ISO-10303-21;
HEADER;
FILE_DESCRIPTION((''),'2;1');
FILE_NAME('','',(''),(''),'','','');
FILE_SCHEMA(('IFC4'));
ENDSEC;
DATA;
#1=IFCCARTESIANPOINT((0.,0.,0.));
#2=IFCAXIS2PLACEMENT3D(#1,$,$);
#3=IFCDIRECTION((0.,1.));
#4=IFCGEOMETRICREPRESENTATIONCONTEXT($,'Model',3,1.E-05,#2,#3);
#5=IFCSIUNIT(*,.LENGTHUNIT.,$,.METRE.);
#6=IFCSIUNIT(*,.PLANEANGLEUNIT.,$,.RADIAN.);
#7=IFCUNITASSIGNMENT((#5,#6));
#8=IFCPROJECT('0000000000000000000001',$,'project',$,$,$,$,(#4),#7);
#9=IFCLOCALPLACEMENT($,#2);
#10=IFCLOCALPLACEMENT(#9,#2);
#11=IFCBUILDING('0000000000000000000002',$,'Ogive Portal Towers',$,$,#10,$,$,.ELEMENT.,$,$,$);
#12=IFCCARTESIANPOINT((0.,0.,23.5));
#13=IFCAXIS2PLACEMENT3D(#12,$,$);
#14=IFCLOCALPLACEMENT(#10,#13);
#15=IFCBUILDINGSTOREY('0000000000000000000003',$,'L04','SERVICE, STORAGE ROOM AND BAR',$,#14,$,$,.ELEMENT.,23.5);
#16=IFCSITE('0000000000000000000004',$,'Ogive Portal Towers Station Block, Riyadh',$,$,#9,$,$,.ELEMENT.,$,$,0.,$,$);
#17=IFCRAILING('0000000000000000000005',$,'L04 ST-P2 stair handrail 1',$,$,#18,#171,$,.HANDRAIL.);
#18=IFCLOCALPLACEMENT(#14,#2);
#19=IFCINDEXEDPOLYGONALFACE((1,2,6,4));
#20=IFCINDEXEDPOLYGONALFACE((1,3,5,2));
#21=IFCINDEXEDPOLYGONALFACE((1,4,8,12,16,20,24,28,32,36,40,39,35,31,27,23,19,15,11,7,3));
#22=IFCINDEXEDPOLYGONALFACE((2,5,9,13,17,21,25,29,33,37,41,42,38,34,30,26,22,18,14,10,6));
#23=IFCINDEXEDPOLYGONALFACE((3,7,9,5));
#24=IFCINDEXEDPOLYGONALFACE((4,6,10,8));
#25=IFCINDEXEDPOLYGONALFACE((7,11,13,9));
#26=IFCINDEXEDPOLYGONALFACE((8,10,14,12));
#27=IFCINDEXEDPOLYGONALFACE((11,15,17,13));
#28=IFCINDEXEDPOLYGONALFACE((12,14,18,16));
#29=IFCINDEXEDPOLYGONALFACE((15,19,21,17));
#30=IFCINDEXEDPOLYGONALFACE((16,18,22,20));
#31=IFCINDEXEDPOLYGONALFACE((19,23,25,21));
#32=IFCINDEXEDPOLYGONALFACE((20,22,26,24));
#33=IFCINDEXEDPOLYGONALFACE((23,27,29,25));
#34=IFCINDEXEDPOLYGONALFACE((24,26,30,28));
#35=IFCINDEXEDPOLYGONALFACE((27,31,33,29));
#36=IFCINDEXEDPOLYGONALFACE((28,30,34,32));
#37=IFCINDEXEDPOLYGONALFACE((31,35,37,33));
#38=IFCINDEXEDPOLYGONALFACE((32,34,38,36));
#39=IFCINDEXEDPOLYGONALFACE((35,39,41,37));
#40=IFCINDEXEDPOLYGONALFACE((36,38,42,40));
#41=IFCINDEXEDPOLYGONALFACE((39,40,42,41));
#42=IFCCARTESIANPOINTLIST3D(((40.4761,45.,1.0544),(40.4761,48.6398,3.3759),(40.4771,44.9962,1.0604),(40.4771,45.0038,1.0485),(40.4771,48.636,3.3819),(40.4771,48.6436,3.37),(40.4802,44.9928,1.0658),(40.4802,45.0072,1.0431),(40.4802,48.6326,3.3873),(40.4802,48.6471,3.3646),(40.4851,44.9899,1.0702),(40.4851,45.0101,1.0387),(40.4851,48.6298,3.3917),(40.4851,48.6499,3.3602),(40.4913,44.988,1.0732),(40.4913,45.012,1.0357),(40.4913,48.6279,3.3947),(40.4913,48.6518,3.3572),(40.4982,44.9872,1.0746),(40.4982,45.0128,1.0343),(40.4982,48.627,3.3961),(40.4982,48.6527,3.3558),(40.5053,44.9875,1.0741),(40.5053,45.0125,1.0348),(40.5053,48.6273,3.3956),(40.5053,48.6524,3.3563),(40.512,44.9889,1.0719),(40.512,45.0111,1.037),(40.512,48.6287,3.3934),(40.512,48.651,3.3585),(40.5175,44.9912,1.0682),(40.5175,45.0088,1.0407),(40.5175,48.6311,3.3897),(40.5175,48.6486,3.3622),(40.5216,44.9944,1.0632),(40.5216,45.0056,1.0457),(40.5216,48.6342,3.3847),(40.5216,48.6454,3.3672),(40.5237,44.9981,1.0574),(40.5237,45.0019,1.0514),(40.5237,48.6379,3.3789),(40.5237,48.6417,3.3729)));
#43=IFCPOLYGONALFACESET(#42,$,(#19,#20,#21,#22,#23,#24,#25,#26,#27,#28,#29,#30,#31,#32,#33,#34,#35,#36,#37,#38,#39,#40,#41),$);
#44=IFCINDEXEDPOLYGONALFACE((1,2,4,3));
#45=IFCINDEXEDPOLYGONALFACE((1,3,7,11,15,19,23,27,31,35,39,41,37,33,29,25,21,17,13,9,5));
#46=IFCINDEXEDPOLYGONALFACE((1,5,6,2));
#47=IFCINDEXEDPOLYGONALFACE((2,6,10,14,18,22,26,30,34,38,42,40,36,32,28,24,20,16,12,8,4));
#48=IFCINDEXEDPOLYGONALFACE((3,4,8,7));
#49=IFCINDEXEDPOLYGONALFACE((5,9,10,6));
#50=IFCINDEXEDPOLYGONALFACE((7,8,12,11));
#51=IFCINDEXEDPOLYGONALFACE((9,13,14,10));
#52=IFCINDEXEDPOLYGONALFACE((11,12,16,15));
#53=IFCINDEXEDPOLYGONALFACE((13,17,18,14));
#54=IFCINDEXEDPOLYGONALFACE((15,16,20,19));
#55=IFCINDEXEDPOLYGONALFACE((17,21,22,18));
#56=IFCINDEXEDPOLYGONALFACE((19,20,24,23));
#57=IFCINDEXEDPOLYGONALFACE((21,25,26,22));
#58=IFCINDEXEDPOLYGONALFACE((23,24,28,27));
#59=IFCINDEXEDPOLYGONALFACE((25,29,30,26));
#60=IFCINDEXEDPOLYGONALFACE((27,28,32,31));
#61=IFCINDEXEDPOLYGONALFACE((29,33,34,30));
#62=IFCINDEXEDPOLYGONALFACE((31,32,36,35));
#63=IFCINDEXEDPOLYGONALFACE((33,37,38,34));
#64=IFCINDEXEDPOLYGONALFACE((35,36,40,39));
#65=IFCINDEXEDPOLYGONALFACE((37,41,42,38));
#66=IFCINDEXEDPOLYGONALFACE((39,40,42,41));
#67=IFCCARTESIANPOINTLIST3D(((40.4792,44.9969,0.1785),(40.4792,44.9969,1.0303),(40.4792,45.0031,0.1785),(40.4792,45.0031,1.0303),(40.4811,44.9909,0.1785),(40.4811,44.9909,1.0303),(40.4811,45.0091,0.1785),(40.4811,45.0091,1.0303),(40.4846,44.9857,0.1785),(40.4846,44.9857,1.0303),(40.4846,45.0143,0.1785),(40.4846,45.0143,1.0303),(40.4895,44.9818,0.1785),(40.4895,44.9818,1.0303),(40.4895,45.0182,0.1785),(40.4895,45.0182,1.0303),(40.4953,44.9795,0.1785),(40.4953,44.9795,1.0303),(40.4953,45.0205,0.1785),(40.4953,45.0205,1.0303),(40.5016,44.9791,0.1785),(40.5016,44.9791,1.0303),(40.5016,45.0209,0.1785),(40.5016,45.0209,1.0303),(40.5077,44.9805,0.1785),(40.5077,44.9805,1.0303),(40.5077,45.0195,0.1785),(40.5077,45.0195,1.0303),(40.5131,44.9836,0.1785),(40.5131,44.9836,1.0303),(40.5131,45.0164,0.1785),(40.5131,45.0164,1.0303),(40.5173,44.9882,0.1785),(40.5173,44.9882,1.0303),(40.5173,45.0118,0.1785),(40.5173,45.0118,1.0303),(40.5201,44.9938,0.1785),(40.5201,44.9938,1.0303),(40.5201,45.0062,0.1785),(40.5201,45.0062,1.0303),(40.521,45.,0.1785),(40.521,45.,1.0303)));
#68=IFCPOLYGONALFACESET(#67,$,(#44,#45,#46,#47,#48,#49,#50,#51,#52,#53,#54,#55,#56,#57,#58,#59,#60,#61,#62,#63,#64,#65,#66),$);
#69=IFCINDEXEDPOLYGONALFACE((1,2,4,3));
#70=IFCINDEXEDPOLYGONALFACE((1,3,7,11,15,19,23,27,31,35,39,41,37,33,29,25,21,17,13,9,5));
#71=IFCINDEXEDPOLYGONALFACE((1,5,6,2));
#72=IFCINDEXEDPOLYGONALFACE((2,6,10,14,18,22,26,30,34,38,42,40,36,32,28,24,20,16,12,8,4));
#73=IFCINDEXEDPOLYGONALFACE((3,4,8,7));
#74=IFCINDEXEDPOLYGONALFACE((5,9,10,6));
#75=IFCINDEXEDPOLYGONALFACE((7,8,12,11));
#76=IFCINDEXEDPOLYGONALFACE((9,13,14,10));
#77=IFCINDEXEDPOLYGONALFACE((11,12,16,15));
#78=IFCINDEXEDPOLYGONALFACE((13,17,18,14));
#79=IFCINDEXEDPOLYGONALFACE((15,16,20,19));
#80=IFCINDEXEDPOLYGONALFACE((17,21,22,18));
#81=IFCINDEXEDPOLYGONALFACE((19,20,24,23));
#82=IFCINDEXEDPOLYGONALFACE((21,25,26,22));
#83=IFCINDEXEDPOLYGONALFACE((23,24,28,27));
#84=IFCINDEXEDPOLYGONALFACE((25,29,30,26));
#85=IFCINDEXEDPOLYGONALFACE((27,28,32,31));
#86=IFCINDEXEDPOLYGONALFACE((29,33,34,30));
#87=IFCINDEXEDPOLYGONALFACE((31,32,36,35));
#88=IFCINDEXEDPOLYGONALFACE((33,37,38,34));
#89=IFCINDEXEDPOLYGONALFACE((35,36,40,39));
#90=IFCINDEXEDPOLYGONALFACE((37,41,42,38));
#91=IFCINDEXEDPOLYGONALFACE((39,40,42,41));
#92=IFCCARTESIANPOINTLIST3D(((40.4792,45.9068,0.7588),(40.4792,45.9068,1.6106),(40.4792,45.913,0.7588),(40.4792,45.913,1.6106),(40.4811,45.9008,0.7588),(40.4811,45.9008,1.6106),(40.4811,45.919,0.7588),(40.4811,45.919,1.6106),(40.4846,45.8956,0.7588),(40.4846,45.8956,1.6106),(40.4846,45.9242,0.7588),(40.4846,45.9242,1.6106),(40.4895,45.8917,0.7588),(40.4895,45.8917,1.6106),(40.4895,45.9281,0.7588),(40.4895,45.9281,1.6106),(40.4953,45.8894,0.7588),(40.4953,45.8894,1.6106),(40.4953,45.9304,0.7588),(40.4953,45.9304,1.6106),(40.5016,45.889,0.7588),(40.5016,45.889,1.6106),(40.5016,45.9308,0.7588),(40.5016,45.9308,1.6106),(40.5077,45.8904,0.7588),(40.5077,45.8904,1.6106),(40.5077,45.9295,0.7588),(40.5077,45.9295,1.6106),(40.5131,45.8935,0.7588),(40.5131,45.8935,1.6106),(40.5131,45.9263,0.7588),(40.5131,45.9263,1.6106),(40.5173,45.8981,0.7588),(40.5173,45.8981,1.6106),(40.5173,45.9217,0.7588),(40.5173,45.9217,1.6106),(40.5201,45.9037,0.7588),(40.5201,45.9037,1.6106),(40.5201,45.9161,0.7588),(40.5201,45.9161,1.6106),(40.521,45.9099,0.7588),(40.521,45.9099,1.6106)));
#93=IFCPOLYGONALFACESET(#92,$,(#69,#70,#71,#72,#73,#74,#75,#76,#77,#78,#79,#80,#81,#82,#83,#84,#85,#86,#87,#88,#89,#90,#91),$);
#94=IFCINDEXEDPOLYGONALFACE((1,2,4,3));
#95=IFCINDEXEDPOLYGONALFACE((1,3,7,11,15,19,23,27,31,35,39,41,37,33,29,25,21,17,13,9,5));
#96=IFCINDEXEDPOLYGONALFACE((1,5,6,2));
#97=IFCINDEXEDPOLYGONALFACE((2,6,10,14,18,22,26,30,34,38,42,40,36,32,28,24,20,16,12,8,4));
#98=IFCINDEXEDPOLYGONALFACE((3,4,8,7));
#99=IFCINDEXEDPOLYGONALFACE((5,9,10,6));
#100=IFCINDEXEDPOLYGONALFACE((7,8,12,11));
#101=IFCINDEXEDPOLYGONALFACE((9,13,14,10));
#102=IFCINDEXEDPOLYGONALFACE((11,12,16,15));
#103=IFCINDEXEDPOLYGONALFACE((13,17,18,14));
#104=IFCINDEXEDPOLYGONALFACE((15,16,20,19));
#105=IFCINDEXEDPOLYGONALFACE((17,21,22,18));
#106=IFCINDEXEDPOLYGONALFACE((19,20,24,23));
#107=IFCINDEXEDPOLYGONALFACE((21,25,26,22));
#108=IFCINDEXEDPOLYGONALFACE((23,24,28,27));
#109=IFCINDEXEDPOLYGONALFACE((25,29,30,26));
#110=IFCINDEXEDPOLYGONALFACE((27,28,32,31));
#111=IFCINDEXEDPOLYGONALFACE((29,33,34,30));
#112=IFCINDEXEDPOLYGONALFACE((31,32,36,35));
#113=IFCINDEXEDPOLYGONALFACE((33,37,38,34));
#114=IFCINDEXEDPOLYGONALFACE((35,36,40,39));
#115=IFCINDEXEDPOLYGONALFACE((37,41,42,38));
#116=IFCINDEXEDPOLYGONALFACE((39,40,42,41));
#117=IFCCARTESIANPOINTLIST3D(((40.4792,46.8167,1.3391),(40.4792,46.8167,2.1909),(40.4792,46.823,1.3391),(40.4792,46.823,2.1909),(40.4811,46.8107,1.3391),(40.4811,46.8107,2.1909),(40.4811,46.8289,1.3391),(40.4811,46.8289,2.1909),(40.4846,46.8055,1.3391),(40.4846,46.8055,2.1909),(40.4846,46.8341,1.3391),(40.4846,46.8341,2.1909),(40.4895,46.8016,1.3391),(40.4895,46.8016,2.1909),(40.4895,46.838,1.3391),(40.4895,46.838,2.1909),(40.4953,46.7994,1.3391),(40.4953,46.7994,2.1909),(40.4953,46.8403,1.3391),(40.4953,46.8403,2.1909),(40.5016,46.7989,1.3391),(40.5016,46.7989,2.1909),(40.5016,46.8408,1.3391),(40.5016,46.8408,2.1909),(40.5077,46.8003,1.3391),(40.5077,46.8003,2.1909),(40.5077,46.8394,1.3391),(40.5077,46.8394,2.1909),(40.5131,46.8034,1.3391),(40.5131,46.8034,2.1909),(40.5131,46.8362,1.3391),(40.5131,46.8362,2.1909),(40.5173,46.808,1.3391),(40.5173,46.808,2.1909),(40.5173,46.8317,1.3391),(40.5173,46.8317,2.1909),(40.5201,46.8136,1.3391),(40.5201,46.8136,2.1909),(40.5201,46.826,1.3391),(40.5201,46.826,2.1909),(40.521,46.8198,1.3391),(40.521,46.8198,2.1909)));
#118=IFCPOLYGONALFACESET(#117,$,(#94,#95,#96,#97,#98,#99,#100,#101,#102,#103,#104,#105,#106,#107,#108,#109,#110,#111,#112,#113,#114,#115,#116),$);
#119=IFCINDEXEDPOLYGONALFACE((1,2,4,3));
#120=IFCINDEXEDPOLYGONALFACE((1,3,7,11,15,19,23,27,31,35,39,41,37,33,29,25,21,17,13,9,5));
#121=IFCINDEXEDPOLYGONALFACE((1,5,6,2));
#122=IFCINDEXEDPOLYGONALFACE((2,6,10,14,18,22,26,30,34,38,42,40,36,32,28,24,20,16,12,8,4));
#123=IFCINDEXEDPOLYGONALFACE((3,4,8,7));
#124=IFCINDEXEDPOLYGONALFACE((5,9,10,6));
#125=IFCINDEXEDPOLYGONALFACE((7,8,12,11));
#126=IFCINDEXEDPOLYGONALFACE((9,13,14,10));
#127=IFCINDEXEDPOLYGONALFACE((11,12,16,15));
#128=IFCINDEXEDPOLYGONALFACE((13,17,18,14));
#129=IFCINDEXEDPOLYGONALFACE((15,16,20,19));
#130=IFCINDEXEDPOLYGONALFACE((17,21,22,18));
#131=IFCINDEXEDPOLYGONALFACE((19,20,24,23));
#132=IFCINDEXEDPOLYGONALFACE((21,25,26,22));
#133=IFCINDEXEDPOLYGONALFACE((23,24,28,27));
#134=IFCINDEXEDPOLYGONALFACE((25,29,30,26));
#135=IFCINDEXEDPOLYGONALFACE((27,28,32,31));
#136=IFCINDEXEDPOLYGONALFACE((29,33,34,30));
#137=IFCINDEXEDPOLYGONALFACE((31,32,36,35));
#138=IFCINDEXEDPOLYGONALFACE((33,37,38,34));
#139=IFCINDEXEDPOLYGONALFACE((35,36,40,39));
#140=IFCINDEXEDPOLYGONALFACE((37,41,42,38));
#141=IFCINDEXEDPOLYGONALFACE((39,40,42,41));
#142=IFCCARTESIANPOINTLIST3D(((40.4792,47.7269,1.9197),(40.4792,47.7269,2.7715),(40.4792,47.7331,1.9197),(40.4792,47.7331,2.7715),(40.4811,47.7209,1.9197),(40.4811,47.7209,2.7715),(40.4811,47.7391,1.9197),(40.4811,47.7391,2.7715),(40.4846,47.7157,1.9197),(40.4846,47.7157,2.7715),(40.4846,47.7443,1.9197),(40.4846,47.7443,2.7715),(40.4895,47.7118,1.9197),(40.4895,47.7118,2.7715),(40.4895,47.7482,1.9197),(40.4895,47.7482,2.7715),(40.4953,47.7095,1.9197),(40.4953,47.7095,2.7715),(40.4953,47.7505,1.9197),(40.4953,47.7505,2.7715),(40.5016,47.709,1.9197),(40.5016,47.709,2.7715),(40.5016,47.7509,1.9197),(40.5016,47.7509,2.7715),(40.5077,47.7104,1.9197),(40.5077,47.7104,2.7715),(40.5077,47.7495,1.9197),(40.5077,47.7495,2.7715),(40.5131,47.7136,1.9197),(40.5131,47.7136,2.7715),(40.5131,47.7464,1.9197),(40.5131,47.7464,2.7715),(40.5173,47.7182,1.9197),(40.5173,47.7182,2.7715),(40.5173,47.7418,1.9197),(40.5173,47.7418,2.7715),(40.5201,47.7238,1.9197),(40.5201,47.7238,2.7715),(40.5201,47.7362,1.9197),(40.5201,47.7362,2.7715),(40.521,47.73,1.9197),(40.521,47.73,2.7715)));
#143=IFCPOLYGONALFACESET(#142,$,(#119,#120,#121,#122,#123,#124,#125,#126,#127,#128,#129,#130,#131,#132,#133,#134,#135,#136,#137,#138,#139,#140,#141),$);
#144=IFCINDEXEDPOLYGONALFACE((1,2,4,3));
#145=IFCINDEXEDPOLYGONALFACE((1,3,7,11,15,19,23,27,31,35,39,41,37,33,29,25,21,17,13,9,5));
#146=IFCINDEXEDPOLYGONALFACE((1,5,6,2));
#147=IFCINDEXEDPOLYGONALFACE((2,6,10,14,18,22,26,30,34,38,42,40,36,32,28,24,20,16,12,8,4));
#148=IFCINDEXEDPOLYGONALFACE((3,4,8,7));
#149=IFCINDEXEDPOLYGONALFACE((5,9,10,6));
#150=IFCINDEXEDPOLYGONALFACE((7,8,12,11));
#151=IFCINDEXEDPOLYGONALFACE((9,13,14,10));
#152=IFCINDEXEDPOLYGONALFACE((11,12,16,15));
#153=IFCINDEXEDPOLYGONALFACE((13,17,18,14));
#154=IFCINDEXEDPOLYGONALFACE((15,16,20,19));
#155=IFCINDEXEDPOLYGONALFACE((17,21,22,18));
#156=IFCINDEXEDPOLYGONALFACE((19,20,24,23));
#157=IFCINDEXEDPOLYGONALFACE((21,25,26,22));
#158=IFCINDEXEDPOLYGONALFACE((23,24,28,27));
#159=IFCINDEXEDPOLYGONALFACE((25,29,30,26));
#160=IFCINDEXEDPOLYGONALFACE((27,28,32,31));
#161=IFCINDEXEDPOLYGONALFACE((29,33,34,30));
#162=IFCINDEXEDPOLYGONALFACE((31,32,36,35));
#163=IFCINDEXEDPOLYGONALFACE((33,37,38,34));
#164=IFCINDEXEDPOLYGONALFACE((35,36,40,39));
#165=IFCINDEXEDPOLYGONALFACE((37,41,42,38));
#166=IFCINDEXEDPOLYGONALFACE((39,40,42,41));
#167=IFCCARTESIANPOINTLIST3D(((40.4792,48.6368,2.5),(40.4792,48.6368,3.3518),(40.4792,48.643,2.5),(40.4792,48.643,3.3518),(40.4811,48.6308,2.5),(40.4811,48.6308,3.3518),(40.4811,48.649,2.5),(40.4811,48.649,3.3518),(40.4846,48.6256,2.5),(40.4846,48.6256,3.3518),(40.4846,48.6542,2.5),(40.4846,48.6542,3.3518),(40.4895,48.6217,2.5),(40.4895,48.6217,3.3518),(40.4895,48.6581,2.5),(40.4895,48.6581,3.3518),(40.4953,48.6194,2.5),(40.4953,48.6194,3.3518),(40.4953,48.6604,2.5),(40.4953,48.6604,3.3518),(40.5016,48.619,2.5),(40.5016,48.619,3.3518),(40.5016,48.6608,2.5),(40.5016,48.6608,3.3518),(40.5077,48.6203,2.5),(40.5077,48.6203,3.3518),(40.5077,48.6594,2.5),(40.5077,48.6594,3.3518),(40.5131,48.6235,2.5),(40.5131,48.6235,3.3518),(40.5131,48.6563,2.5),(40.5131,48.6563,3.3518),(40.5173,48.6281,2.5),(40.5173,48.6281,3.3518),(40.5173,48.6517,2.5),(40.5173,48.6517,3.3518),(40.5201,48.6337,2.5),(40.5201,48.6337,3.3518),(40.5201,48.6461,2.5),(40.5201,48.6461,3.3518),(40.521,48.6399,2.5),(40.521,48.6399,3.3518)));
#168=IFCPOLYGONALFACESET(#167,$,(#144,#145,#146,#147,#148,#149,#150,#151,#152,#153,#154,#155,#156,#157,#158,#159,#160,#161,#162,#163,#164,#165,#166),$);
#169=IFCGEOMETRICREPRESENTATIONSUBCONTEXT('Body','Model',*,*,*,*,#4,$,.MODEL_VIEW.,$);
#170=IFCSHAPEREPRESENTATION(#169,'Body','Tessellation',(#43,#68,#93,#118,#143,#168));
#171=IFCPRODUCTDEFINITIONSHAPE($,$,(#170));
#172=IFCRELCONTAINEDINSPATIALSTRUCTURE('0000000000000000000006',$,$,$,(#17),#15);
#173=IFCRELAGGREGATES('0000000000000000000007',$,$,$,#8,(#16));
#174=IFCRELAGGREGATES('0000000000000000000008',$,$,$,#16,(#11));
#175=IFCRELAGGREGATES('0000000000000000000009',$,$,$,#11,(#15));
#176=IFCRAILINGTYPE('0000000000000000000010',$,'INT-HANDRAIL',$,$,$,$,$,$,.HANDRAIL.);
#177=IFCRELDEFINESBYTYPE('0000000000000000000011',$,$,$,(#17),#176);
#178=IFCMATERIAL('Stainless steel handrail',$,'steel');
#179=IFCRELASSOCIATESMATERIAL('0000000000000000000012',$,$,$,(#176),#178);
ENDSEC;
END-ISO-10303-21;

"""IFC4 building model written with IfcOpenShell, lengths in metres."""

from ifc_helpers import new_model, si_unit, direction, frame, origin, origin_2d, place, context, subcontext, project, spatial, circle, extrude, material, type_object, element, save


model = new_model("IFC4")

# Units and contexts
model_context = context("Model", 3, precision=1e-05, world=origin(), true_north=direction((0.0, 1.0)))
body_context = subcontext(model_context, "Body", "Model", "MODEL_VIEW")
ifc_project = project(units=[si_unit("LENGTHUNIT", "METRE"), si_unit("PLANEANGLEUNIT", "RADIAN")], contexts=[model_context])

# Site, building, storey
site_placement = place(None, origin())
site = spatial("IfcSite", under=ifc_project, at=site_placement, Name="Ogive Portal Towers Station Block, Riyadh", CompositionType="ELEMENT", RefElevation=0.0)
building_placement = place(site_placement, origin())
building = spatial("IfcBuilding", under=site, at=building_placement, Name="Ogive Portal Towers", CompositionType="ELEMENT")
storey_placement = place(building_placement, frame((0.0, 0.0, 23.5)))
storey = spatial("IfcBuildingStorey", under=building, at=storey_placement, Name="L04", Description="SERVICE, STORAGE ROOM AND BAR", CompositionType="ELEMENT", Elevation=23.5)

# Railing
ifc_material_1 = material(Name="Stainless steel handrail", Category="steel")
railing_type_1 = type_object("IfcRailingType", Name="INT-HANDRAIL", PredefinedType="HANDRAIL", material=ifc_material_1)
railing_1_placement = place(storey_placement, frame((40.5, 45.0, 0.1785)))
element("IfcRailing", 1, at=railing_1_placement, inside=storey, type_object=railing_type_1, Name="L04 ST-P2 stair handrail 1", PredefinedType="HANDRAIL", context=body_context, shape_type="SweptSolid", body=[
    extrude(circle(Radius=0.0239, at=origin_2d()), frame((0.0, 0.0, 0.876), z_axis=(0.0, 0.843112, 0.537739), x_axis=(-1.0, 0.0, 0.0)), (0.0, 0.0, 1.0), 4.3171),
    extrude(circle(Radius=0.021, at=origin_2d()), origin(), (0.0, 0.0, 1.0), 0.8518),
    extrude(circle(Radius=0.021, at=origin_2d()), frame((0.0, 0.9099, 0.5803)), (0.0, 0.0, 1.0), 0.8518),
    extrude(circle(Radius=0.021, at=origin_2d()), frame((0.0, 1.8198, 1.1606)), (0.0, 0.0, 1.0), 0.8518),
    extrude(circle(Radius=0.021, at=origin_2d()), frame((0.0, 2.73, 1.7412)), (0.0, 0.0, 1.0), 0.8518),
    extrude(circle(Radius=0.021, at=origin_2d()), frame((0.0, 3.6399, 2.3215)), (0.0, 0.0, 1.0), 0.8518),
])

save(model, "model.ifc")
